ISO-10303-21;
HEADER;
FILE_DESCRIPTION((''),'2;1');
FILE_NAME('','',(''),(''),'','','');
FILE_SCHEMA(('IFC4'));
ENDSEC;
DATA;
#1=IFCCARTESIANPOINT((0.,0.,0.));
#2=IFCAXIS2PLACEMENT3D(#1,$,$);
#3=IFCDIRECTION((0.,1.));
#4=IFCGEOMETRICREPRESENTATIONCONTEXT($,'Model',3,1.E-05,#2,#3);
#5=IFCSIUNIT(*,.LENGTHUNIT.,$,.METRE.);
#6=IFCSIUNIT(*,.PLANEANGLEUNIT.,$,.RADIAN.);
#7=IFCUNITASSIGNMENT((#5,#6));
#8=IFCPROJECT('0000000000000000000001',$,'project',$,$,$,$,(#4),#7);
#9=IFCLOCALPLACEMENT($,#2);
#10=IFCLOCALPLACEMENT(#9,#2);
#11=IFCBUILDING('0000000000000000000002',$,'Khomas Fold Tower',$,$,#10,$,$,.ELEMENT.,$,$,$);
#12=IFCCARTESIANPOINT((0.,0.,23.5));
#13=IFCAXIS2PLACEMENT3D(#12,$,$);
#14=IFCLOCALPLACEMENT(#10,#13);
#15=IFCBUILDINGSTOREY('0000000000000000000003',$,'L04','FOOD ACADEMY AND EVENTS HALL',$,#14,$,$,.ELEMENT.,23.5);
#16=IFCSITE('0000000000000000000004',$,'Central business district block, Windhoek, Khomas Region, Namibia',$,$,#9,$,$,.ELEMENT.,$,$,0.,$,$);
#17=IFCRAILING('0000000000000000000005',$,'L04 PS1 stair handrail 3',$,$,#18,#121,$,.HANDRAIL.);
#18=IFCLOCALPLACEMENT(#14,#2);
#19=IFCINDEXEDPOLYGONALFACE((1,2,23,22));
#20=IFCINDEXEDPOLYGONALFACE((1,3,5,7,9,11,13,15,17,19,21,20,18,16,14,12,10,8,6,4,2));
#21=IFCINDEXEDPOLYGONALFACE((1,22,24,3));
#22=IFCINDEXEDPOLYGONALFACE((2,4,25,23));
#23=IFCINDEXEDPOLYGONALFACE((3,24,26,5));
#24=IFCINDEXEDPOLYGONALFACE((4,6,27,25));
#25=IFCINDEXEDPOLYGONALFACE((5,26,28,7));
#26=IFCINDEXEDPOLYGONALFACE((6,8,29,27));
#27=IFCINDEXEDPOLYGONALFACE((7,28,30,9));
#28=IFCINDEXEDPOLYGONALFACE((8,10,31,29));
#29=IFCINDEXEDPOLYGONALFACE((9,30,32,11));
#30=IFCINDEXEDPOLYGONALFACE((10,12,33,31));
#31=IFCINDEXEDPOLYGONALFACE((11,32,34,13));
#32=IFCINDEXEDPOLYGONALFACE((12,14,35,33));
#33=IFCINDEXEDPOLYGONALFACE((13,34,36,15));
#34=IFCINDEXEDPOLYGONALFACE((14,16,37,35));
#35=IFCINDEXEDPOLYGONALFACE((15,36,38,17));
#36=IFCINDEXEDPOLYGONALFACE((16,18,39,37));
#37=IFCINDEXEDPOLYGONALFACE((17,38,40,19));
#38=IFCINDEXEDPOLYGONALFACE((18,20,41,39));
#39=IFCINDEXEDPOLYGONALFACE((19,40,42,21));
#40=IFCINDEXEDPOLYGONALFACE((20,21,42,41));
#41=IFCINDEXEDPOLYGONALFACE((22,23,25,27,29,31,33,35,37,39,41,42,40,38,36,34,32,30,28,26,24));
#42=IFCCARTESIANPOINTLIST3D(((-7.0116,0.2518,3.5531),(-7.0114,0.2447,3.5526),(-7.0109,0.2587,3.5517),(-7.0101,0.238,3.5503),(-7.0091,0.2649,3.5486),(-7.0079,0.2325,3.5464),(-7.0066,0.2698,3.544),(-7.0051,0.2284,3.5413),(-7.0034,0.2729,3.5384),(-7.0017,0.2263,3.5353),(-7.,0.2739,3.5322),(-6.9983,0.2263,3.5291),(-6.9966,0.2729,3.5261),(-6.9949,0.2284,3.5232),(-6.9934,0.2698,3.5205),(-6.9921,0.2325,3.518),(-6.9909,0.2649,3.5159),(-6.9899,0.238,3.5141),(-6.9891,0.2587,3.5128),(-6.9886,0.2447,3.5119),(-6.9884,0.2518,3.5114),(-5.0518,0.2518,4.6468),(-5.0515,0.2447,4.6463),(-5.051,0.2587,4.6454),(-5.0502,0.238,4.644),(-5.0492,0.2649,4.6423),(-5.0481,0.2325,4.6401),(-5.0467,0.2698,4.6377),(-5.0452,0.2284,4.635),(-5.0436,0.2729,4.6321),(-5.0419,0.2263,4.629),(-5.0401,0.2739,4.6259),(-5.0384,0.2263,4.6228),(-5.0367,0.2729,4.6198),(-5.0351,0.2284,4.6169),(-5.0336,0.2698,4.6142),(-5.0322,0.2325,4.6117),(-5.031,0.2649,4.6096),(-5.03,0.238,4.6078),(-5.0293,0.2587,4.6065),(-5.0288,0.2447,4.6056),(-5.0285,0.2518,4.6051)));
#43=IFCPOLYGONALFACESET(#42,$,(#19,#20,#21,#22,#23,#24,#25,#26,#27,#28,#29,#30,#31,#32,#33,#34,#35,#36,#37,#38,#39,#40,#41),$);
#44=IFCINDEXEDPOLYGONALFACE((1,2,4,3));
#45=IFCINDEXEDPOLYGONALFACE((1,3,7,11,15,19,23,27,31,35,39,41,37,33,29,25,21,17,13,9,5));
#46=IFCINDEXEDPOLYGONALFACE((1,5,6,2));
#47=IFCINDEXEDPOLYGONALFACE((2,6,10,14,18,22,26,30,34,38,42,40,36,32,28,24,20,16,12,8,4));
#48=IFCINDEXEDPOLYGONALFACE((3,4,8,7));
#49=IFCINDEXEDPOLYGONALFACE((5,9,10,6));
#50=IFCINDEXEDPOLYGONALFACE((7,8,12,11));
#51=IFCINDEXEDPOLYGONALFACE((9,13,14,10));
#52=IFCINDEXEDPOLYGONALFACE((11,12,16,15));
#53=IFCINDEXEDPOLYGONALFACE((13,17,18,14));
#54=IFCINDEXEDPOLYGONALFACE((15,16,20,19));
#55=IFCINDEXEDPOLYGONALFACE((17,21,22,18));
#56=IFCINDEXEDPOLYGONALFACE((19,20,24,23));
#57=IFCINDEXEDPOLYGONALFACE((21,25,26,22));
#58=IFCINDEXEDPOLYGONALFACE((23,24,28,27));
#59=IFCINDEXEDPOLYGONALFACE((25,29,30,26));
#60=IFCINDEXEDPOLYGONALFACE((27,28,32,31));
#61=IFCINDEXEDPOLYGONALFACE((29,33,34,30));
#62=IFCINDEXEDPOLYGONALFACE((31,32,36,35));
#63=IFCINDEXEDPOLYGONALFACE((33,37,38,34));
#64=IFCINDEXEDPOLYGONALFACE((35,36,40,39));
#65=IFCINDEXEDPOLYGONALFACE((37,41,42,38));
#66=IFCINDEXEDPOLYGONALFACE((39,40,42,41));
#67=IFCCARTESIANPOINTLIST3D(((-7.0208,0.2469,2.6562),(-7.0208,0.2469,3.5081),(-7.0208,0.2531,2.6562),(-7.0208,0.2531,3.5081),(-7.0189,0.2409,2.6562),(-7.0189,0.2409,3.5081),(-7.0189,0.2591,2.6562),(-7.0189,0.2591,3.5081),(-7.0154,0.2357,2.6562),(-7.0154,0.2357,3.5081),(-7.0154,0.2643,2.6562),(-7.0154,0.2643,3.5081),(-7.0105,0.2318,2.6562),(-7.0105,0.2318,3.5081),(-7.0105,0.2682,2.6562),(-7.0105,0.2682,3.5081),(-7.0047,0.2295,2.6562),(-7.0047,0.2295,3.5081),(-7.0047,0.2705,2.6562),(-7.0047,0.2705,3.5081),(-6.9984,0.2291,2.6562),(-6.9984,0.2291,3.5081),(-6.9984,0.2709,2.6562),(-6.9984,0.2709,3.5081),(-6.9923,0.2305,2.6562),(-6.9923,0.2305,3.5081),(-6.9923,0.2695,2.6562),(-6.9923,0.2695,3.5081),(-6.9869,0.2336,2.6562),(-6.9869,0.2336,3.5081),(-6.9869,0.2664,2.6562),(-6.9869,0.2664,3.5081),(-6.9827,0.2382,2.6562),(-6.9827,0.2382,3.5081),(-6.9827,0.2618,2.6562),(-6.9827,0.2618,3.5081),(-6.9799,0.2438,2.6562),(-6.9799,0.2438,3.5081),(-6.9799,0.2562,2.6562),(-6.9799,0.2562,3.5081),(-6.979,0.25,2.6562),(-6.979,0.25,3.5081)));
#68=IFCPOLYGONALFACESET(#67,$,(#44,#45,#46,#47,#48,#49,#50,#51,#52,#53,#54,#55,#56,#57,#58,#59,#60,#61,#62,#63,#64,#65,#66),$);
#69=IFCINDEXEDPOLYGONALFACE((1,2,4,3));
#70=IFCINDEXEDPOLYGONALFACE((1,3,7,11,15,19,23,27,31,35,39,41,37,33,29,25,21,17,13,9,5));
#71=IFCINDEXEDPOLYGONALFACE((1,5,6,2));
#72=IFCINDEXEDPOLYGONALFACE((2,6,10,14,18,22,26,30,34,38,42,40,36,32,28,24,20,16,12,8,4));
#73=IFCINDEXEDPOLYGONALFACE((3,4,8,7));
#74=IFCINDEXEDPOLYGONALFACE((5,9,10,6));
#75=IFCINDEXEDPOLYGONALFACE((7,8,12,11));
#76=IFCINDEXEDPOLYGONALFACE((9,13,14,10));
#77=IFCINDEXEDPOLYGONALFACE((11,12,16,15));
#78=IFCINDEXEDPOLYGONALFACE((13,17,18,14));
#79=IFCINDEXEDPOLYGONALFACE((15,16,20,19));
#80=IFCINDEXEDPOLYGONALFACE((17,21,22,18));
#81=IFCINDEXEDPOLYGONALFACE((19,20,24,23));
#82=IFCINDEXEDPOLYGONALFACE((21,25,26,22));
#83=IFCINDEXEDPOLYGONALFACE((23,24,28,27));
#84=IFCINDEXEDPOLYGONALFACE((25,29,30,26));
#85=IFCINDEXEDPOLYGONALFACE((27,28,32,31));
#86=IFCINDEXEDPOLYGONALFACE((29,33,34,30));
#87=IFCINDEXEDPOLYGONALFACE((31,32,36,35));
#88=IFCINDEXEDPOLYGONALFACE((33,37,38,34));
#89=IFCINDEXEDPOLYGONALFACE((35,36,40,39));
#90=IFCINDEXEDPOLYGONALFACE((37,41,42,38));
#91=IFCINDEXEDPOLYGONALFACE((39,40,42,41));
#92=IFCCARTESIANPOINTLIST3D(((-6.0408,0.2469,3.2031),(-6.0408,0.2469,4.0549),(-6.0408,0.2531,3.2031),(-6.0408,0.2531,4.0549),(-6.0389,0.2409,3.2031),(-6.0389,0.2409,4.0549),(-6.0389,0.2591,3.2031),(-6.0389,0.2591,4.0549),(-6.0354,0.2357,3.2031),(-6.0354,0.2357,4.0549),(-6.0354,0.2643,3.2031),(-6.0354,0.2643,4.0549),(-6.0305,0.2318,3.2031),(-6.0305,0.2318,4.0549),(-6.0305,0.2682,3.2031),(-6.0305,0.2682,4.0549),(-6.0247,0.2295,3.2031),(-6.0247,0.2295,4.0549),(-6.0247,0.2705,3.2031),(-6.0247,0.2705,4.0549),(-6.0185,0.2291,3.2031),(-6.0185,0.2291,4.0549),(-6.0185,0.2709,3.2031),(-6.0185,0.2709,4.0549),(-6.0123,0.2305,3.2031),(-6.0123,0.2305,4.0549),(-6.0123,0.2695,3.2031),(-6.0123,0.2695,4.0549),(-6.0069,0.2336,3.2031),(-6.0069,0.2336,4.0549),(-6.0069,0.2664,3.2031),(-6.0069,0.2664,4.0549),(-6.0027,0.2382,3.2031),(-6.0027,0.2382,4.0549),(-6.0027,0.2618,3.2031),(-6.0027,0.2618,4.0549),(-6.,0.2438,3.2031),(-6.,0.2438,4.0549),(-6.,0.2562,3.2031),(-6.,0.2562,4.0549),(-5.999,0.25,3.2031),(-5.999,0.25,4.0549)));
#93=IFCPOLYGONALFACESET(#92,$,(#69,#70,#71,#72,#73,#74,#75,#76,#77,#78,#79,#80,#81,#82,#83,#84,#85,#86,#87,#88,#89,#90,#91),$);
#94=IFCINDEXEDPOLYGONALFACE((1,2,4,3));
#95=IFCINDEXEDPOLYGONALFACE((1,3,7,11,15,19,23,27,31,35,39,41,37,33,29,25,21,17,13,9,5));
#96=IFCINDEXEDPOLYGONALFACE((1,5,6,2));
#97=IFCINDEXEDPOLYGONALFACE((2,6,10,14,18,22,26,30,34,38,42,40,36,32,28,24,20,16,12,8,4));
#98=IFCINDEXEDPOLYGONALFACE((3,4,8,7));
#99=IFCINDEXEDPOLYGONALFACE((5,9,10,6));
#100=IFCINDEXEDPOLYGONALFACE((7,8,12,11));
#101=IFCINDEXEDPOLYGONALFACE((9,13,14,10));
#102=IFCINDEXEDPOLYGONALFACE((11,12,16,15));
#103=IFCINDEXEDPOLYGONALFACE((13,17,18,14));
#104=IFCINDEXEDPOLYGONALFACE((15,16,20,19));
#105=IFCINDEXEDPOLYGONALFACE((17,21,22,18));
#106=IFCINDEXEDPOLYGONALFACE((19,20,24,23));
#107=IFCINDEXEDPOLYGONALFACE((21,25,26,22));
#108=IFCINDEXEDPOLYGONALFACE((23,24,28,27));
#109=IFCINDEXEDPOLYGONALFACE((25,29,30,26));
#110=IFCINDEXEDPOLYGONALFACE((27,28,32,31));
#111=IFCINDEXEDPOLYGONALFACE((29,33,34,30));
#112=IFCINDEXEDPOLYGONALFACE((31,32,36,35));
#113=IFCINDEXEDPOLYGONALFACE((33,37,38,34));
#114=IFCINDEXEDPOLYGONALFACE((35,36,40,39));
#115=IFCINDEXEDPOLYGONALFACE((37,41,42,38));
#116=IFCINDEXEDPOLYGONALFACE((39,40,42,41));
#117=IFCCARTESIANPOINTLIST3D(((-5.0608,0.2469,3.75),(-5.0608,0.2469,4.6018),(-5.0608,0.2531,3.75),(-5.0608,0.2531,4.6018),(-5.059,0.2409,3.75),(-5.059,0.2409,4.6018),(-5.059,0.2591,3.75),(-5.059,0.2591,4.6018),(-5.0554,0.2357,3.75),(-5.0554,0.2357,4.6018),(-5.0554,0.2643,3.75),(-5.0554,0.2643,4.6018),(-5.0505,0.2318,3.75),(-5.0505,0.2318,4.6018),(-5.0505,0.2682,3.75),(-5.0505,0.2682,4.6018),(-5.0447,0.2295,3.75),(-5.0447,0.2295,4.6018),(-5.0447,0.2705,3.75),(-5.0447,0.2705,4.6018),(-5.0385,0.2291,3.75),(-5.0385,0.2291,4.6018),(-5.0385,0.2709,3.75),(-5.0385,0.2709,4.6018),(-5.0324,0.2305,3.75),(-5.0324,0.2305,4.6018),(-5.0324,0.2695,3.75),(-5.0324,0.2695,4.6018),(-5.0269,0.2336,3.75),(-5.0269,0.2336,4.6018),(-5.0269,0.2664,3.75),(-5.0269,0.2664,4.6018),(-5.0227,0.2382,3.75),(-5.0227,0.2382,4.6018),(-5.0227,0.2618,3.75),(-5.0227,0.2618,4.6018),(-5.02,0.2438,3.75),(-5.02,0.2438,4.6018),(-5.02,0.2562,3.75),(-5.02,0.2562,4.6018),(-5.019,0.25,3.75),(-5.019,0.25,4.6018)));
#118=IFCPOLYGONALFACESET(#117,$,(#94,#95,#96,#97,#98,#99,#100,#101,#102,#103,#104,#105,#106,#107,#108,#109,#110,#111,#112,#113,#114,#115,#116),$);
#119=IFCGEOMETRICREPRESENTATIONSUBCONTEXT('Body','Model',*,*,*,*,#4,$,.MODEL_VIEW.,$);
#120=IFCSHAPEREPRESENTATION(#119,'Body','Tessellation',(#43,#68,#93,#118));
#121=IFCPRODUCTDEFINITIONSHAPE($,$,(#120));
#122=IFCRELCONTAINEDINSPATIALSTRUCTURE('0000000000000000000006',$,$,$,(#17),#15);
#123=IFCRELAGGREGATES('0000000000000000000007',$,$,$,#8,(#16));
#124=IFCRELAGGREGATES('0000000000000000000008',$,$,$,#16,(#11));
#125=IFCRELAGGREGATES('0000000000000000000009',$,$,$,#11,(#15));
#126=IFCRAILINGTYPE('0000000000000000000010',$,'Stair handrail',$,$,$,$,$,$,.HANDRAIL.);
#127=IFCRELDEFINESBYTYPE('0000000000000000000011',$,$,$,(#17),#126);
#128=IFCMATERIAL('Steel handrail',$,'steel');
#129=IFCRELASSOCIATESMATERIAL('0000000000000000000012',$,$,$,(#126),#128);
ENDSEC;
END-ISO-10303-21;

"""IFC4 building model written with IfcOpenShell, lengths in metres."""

from ifc_helpers import new_model, si_unit, direction, frame, origin, origin_2d, place, context, subcontext, project, spatial, circle, extrude, source, transform, mapped, material, type_object, element, save


model = new_model("IFC4")

# Units and contexts
model_context = context("Model", 3, precision=1e-05, world=origin(), true_north=direction((0.0, 1.0)))
body_context = subcontext(model_context, "Body", "Model", "MODEL_VIEW")
ifc_project = project(units=[si_unit("LENGTHUNIT", "METRE"), si_unit("PLANEANGLEUNIT", "RADIAN")], contexts=[model_context])

# Site, building, storey
site_placement = place(None, origin())
site = spatial("IfcSite", under=ifc_project, at=site_placement, Name="Central business district block, Windhoek, Khomas Region, Namibia", CompositionType="ELEMENT", RefElevation=0.0)
building_placement = place(site_placement, origin())
building = spatial("IfcBuilding", under=site, at=building_placement, Name="Khomas Fold Tower", CompositionType="ELEMENT")
storey_placement = place(building_placement, frame((0.0, 0.0, 23.5)))
storey = spatial("IfcBuildingStorey", under=building, at=storey_placement, Name="L04", Description="FOOD ACADEMY AND EVENTS HALL", CompositionType="ELEMENT", Elevation=23.5)

# Railing
ifc_material_1 = material(Name="Steel handrail", Category="steel")
railing_type_1 = type_object("IfcRailingType", Name="Stair handrail", PredefinedType="HANDRAIL", material=ifc_material_1)
shared_shape_1 = source(origin(), body_context, "Body", "SweptSolid", [
    extrude(circle(Radius=0.0239, at=origin_2d()), frame((0.0, 0.0, 0.876), z_axis=(0.873232, 0.0, 0.487304), x_axis=(0.0, 1.0, 0.0)), (0.0, 0.0, 1.0), 2.2444),
    extrude(circle(Radius=0.021, at=origin_2d()), origin(), (0.0, 0.0, 1.0), 0.8518),
    extrude(circle(Radius=0.021, at=origin_2d()), frame((0.98, 0.0, 0.5469)), (0.0, 0.0, 1.0), 0.8518),
    extrude(circle(Radius=0.021, at=origin_2d()), frame((1.96, 0.0, 1.0938)), (0.0, 0.0, 1.0), 0.8518),
])
for number, where, name in (
    (1, (-7.0, 0.25, 2.6562), "L04 PS1 stair handrail 3"),
):
    element("IfcRailing", number, at=place(storey_placement, frame(where)), inside=storey, type_object=railing_type_1, Name=name, PredefinedType="HANDRAIL", context=body_context, shape_type="MappedRepresentation", body=[
        mapped(shared_shape_1, transform((0.0, 0.0, 0.0))),
    ])

save(model, "model.ifc")
